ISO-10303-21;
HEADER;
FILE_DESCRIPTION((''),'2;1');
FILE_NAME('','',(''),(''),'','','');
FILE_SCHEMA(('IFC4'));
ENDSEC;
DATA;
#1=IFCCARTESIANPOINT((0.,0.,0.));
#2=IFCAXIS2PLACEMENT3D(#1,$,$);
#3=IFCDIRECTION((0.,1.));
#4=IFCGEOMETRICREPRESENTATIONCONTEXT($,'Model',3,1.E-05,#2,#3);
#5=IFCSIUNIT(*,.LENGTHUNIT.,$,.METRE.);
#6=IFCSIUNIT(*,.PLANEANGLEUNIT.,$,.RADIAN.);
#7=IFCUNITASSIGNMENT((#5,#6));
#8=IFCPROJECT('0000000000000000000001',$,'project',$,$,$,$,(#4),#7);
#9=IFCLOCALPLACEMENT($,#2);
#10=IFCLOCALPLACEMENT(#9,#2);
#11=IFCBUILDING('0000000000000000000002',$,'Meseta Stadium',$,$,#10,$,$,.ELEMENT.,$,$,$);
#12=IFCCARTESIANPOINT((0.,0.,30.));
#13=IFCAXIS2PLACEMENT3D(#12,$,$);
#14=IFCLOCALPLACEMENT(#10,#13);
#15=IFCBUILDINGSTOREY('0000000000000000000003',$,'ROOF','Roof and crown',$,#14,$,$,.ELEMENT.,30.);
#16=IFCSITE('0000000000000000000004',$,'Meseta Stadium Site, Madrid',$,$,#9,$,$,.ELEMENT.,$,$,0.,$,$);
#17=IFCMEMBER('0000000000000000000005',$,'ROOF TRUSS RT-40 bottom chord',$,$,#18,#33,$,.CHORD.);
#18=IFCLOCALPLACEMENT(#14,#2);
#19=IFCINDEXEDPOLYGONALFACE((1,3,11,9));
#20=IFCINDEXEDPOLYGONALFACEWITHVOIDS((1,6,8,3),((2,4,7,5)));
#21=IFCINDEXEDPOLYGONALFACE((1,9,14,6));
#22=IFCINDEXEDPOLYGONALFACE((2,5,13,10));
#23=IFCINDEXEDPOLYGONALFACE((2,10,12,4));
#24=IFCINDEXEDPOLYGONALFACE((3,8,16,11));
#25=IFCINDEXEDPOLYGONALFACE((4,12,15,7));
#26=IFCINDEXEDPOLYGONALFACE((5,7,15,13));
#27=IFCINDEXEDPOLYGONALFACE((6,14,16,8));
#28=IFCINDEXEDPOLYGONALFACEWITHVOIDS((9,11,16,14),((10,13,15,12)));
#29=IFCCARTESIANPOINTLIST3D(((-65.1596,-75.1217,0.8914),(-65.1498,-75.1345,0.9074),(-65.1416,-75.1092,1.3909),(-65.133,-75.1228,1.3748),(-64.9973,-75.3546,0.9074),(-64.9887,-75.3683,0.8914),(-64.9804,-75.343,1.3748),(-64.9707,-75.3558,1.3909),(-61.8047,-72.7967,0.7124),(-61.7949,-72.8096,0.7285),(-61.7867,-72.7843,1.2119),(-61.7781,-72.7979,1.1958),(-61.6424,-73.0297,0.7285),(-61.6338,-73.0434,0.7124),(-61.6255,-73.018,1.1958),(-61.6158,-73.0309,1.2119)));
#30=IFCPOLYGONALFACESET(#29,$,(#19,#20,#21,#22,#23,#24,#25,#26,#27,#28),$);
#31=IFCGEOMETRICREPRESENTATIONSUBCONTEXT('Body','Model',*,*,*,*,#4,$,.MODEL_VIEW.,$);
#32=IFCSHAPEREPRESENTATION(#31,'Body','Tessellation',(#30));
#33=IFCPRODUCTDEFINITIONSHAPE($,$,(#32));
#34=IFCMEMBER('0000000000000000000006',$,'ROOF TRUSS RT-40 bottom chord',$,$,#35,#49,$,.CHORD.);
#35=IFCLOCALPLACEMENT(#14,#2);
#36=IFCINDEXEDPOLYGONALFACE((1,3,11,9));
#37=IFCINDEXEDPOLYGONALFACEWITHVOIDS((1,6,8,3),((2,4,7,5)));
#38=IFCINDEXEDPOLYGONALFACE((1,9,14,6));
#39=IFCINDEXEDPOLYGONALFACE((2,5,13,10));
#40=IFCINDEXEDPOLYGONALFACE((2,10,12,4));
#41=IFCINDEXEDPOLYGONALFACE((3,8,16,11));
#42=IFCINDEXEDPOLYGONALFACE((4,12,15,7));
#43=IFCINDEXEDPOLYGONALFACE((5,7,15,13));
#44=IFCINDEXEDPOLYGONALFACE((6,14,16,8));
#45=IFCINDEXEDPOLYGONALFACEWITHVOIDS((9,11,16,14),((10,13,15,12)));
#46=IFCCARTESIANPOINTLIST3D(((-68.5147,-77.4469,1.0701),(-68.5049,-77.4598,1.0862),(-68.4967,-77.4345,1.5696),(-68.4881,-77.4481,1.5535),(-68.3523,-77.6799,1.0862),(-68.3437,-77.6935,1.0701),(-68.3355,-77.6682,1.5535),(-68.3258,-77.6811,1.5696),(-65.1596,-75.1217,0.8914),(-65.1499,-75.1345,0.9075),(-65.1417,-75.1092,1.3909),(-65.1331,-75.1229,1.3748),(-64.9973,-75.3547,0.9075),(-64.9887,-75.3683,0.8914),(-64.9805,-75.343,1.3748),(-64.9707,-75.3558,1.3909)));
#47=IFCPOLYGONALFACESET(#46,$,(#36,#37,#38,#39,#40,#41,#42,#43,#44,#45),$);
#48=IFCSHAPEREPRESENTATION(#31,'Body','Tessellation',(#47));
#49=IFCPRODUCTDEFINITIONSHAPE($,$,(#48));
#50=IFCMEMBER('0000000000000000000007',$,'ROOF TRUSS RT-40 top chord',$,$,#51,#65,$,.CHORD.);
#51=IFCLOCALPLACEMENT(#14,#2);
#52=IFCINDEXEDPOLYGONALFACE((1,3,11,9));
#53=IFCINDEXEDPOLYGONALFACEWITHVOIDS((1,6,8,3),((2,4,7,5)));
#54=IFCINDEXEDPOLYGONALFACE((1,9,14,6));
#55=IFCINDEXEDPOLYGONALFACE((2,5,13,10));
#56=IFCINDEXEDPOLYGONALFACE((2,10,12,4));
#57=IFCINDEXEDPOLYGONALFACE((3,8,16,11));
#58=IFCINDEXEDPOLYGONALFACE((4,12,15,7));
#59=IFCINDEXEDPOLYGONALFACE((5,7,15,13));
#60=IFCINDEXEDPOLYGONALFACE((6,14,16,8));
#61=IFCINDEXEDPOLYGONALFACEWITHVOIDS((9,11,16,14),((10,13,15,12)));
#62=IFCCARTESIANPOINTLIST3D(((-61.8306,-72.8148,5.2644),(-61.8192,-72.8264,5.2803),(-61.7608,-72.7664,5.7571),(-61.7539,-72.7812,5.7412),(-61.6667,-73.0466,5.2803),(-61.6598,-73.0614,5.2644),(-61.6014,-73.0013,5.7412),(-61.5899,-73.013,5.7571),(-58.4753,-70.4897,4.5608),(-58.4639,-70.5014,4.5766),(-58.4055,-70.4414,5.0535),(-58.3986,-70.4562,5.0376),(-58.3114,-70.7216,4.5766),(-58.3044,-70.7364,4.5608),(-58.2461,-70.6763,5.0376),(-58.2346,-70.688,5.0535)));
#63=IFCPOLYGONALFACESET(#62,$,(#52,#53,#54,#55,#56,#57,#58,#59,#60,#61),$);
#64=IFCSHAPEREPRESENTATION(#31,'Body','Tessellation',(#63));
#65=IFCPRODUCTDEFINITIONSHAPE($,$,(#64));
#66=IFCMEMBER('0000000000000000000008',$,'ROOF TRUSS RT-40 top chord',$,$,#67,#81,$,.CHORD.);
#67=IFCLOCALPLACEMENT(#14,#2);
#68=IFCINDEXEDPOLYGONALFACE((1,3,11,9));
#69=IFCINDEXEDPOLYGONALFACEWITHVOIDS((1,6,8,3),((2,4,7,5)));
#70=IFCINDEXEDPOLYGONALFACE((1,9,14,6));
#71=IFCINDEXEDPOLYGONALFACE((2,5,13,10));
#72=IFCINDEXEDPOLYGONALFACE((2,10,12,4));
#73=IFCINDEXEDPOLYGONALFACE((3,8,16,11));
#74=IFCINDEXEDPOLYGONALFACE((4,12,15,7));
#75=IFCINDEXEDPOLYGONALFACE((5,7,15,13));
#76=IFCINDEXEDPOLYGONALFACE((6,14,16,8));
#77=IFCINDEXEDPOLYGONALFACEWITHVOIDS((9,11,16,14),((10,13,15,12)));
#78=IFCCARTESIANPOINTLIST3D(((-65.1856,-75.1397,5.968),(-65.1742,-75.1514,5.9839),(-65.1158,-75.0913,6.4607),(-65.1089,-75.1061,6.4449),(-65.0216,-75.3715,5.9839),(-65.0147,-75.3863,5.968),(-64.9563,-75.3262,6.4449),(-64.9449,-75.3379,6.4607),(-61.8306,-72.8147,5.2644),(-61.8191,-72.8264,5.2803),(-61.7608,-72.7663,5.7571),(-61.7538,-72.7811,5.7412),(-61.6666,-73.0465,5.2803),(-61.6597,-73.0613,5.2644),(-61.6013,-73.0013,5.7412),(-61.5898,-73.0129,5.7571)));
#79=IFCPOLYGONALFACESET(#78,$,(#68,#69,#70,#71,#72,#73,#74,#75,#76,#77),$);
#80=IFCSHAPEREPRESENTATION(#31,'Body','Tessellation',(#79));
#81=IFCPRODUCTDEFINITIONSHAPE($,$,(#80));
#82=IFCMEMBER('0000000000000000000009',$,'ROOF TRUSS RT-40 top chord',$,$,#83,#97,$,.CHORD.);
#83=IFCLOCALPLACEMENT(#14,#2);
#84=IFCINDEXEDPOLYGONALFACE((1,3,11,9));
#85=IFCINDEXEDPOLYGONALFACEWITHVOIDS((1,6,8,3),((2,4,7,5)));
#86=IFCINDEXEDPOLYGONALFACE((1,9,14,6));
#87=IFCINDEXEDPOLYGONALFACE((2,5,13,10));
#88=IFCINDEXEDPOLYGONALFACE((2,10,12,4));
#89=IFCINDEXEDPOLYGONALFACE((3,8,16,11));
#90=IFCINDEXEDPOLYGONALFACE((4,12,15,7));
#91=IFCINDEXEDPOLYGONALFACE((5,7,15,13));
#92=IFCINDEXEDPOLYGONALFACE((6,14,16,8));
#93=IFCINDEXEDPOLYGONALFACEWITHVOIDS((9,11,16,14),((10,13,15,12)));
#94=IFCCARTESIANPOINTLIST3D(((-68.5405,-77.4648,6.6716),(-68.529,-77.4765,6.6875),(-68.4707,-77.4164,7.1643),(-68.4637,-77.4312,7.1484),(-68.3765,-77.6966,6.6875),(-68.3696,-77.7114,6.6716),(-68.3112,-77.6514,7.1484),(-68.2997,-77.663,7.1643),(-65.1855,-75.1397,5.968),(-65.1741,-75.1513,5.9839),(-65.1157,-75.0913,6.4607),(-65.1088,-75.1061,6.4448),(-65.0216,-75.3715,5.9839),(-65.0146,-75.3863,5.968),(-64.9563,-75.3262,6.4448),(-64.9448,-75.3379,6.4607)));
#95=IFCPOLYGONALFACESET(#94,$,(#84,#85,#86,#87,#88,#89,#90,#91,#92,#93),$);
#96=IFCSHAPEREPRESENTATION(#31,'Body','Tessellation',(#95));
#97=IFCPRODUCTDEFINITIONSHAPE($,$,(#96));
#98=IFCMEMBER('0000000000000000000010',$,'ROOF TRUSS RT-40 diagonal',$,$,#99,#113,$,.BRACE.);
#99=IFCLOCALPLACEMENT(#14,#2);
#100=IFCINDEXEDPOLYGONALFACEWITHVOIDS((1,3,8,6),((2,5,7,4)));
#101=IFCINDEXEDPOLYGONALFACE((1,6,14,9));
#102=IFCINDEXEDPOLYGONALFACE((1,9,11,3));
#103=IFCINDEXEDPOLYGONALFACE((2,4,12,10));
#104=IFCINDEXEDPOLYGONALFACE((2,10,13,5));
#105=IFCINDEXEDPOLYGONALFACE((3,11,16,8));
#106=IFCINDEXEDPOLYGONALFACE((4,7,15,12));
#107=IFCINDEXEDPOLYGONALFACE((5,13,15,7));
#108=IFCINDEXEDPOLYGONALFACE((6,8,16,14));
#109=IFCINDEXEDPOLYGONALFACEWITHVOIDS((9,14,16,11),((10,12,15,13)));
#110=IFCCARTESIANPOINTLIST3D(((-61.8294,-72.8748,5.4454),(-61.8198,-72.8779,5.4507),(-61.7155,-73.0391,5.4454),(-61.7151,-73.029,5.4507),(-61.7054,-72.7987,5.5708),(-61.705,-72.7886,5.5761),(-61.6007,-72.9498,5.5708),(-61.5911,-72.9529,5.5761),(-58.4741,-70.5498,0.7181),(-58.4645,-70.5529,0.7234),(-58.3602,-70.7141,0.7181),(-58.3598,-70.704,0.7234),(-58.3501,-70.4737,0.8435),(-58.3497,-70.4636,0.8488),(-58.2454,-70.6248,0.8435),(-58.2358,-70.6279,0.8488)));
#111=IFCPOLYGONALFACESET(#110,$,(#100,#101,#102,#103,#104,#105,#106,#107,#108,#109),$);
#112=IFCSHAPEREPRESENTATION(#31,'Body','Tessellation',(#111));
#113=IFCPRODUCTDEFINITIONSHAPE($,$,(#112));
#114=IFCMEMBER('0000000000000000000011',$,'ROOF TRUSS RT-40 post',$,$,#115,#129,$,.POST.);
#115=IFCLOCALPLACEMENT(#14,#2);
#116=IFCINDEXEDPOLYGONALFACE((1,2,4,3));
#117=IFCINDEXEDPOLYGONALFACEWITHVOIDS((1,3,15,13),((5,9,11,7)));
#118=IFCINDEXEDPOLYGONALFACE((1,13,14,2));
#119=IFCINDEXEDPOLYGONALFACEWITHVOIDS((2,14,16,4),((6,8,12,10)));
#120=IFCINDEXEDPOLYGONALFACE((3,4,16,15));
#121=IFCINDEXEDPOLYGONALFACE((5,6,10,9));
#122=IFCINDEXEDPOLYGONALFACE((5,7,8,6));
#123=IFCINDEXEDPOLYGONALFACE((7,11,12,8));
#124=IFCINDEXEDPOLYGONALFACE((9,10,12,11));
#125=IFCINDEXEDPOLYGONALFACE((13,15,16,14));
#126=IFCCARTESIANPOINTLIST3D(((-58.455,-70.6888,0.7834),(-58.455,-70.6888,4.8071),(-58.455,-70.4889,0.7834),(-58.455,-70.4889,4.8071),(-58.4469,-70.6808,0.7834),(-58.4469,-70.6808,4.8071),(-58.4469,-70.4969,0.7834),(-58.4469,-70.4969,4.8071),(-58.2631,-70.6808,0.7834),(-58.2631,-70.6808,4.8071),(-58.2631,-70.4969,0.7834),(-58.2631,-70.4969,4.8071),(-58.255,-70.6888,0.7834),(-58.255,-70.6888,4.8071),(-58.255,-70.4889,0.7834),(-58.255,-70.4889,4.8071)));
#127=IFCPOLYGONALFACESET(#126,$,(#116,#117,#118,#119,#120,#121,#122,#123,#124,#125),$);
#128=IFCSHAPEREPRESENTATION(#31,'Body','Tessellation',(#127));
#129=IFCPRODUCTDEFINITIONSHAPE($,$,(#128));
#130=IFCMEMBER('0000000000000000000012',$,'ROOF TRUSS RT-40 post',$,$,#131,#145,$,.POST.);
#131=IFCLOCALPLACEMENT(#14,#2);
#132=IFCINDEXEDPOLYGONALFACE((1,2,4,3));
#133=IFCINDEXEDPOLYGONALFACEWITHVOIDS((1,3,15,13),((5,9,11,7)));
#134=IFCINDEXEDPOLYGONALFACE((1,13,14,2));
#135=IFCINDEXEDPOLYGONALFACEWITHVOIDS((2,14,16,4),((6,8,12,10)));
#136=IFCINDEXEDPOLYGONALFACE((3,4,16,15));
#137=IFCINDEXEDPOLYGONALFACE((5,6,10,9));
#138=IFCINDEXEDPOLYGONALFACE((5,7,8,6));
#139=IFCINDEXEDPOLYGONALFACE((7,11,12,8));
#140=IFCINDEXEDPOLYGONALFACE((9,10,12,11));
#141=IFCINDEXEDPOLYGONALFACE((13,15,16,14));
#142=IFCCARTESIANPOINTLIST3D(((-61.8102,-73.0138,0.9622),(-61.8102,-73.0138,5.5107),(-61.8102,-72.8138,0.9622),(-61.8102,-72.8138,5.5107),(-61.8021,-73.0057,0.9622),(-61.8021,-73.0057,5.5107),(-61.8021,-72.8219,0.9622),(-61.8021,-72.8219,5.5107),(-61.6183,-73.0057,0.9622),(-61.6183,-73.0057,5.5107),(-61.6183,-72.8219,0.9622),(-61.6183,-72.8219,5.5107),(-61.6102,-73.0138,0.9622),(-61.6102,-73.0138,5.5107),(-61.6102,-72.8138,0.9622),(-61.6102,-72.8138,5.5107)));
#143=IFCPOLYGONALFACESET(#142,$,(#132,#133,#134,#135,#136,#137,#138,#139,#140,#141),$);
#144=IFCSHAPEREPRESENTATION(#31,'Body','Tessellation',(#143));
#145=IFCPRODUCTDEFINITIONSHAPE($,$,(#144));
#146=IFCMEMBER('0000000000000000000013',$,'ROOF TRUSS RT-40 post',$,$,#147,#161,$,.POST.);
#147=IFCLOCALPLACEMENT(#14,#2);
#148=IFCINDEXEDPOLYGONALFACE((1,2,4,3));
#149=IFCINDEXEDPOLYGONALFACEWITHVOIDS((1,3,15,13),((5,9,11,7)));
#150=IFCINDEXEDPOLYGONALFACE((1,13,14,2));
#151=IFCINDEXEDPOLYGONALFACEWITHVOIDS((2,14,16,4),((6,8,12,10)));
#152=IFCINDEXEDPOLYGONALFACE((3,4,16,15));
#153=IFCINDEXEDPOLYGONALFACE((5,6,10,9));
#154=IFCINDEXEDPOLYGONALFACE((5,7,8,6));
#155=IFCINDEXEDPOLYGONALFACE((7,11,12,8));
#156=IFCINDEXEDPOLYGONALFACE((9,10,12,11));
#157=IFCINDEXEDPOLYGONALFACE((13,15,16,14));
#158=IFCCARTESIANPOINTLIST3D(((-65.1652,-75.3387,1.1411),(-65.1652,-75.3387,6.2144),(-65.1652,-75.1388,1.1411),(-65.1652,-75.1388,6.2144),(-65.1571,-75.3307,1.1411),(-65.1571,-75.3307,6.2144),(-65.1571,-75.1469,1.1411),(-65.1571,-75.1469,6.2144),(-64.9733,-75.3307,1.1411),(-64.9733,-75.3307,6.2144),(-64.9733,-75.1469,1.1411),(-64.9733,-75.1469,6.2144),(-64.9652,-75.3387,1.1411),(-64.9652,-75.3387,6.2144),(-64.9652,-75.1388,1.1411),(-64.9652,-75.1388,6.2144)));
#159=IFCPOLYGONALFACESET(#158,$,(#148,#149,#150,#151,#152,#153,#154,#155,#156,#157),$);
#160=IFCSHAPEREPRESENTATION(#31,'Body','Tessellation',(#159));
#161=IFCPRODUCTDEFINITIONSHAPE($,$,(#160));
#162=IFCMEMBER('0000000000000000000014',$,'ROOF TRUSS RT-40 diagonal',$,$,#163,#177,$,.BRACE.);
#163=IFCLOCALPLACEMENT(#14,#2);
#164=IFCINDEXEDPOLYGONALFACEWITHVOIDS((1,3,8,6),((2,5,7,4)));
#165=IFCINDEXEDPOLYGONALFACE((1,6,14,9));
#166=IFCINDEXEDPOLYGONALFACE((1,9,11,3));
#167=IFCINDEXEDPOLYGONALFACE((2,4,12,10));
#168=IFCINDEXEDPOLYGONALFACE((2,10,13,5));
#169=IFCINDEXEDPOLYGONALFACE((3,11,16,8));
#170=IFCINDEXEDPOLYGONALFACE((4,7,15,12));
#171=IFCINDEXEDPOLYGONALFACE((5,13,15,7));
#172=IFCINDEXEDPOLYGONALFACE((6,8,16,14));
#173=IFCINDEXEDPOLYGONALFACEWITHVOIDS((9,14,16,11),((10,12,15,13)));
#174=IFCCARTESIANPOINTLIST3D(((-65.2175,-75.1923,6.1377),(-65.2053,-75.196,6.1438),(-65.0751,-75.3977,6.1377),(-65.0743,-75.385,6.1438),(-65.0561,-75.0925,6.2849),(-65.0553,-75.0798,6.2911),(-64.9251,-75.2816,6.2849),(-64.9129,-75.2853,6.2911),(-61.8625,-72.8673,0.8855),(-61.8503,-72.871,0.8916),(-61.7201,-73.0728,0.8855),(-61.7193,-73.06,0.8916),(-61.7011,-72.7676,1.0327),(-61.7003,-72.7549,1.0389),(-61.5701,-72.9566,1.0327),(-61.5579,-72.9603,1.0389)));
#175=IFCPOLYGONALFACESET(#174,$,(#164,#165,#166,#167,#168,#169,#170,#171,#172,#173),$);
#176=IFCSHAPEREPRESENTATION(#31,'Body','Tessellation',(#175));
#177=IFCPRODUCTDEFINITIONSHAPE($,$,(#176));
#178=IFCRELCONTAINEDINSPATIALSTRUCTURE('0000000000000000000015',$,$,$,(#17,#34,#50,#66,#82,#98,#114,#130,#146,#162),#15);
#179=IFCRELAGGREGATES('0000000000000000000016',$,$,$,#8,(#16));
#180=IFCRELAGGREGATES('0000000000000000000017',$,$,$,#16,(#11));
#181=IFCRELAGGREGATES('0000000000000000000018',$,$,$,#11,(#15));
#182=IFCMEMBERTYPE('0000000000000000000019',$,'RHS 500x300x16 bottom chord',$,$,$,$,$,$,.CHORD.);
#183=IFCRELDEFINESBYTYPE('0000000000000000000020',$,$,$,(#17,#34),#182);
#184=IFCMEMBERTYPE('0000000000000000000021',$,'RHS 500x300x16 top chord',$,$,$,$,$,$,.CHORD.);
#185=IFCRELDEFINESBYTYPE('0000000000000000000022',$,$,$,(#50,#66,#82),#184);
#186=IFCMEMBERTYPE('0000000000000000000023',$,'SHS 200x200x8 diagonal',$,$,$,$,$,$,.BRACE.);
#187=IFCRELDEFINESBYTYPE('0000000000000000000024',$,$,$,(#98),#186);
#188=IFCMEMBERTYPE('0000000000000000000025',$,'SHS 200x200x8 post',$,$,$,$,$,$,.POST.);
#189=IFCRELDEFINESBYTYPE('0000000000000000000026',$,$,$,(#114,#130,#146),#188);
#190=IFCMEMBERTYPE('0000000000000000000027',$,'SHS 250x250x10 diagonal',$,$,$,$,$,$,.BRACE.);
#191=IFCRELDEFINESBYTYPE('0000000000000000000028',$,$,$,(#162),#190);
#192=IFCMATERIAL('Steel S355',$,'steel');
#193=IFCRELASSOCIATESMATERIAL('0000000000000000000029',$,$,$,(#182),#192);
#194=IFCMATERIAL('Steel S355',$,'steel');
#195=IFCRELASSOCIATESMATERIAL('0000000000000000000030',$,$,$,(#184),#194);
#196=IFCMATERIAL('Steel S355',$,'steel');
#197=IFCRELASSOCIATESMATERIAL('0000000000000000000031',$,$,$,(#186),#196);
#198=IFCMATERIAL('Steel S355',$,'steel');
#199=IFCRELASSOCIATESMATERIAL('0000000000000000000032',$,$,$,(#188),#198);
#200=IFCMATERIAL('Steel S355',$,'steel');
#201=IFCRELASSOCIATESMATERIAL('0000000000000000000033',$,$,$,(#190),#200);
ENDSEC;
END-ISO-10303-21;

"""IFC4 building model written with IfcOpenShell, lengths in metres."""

from ifc_helpers import new_model, si_unit, direction, frame, origin, origin_2d, place, context, subcontext, project, spatial, hollow_rectangle, extrude, material, material_profile, profile_set, type_object, element, save


model = new_model("IFC4")

# Units and contexts
model_context = context("Model", 3, precision=1e-05, world=origin(), true_north=direction((0.0, 1.0)))
body_context = subcontext(model_context, "Body", "Model", "MODEL_VIEW")
ifc_project = project(units=[si_unit("LENGTHUNIT", "METRE"), si_unit("PLANEANGLEUNIT", "RADIAN")], contexts=[model_context])

# Site, building, storey
site_placement = place(None, origin())
site = spatial("IfcSite", under=ifc_project, at=site_placement, Name="Meseta Stadium Site, Madrid", CompositionType="ELEMENT", RefElevation=0.0)
building_placement = place(site_placement, origin())
building = spatial("IfcBuilding", under=site, at=building_placement, Name="Meseta Stadium", CompositionType="ELEMENT")
storey_placement = place(building_placement, frame((0.0, 0.0, 30.0)))
storey = spatial("IfcBuildingStorey", under=building, at=storey_placement, Name="ROOF", Description="Roof and crown", CompositionType="ELEMENT", Elevation=30.0)

# Members
ifc_material_1 = material(Name="Steel S355", Category="steel")
ifc_material_profile_1 = material_profile(ifc_material_1, hollow_rectangle(XDim=0.3, YDim=0.5, WallThickness=0.0161, at=origin_2d()), Name="RHS 500x300x16")
ifc_profile_set_1 = profile_set([ifc_material_profile_1], Name="Steel S355")
member_type_1 = type_object("IfcMemberType", Name="RHS 500x300x16 bottom chord", PredefinedType="CHORD", material=ifc_profile_set_1)
member_1_placement = place(storey_placement, frame((-61.7102, -72.9138, 0.9622), z_axis=(-0.821143, -0.56904, 0.0438), x_axis=(0.569586, -0.821932, 0.0)))
element("IfcMember", 1, at=member_1_placement, inside=storey, type_object=member_type_1, Name="ROOF TRUSS RT-40 bottom chord", PredefinedType="CHORD", context=body_context, shape_type="SweptSolid", body=[
    extrude(hollow_rectangle(XDim=0.3, YDim=0.5, WallThickness=0.0161, at=origin_2d()), origin(), (0.0, 0.0, 1.0), 4.0857),
])
member_2_placement = place(storey_placement, frame((-65.0652, -75.2388, 1.1411), z_axis=(-0.821117, -0.569082, 0.043739), x_axis=(0.569627, -0.821904, 0.0)))
element("IfcMember", 2, at=member_2_placement, inside=storey, type_object=member_type_1, Name="ROOF TRUSS RT-40 bottom chord", PredefinedType="CHORD", context=body_context, shape_type="SweptSolid", body=[
    extrude(hollow_rectangle(XDim=0.3, YDim=0.5, WallThickness=0.0161, at=origin_2d()), origin(), (0.0, 0.0, 1.0), 4.0859),
])
ifc_material_2 = material(Name="Steel S355", Category="steel")
ifc_material_profile_2 = material_profile(ifc_material_2, hollow_rectangle(XDim=0.3, YDim=0.5, WallThickness=0.0161, at=origin_2d()), Name="RHS 500x300x16")
ifc_profile_set_2 = profile_set([ifc_material_profile_2], Name="Steel S355")
member_type_2 = type_object("IfcMemberType", Name="RHS 500x300x16 top chord", PredefinedType="CHORD", material=ifc_profile_set_2)
member_3_placement = place(storey_placement, frame((-58.355, -70.5889, 4.8071), z_axis=(-0.810006, -0.561281, 0.169864), x_axis=(0.569558, -0.821951, 0.0)))
element("IfcMember", 3, at=member_3_placement, inside=storey, type_object=member_type_2, Name="ROOF TRUSS RT-40 top chord", PredefinedType="CHORD", context=body_context, shape_type="SweptSolid", body=[
    extrude(hollow_rectangle(XDim=0.3, YDim=0.5, WallThickness=0.0161, at=origin_2d()), origin(), (0.0, 0.0, 1.0), 4.1423),
])
for number, where, z_axis, x_axis, name in (
    (4, (-61.7102, -72.9138, 5.5107), (-0.809986, -0.561308, 0.169872), (0.569586, -0.821932, 0.0), "ROOF TRUSS RT-40 top chord"),
    (5, (-65.0652, -75.2388, 6.2144), (-0.809959, -0.561348, 0.169866), (0.569627, -0.821904, 0.0), "ROOF TRUSS RT-40 top chord"),
):
    element("IfcMember", number, at=place(storey_placement, frame(where, z_axis=z_axis, x_axis=x_axis)), inside=storey, type_object=member_type_2, Name=name, PredefinedType="CHORD", context=body_context, shape_type="SweptSolid", body=[
        extrude(hollow_rectangle(XDim=0.3, YDim=0.5, WallThickness=0.0161, at=origin_2d()), origin(), (0.0, 0.0, 1.0), 4.1421),
    ])
ifc_material_3 = material(Name="Steel S355", Category="steel")
ifc_material_profile_3 = material_profile(ifc_material_3, hollow_rectangle(XDim=0.2, YDim=0.2, WallThickness=0.0081, at=origin_2d()), Name="SHS 200x200x8")
ifc_profile_set_3 = profile_set([ifc_material_profile_3], Name="Steel S355")
member_type_3 = type_object("IfcMemberType", Name="SHS 200x200x8 diagonal", PredefinedType="BRACE", material=ifc_profile_set_3)
member_4_placement = place(storey_placement, frame((-58.355, -70.5889, 0.7834), z_axis=(-0.537195, -0.372241, 0.756874), x_axis=(0.569558, -0.821951, 0.0)))
element("IfcMember", 6, at=member_4_placement, inside=storey, type_object=member_type_3, Name="ROOF TRUSS RT-40 diagonal", PredefinedType="BRACE", context=body_context, shape_type="SweptSolid", body=[
    extrude(hollow_rectangle(XDim=0.2, YDim=0.2, WallThickness=0.0081, at=origin_2d()), origin(), (0.0, 0.0, 1.0), 6.2458),
])
ifc_material_4 = material(Name="Steel S355", Category="steel")
ifc_material_profile_4 = material_profile(ifc_material_4, hollow_rectangle(XDim=0.2, YDim=0.2, WallThickness=0.0081, at=origin_2d()), Name="SHS 200x200x8")
ifc_profile_set_4 = profile_set([ifc_material_profile_4], Name="Steel S355")
member_type_4 = type_object("IfcMemberType", Name="SHS 200x200x8 post", PredefinedType="POST", material=ifc_profile_set_4)
member_5_placement = place(storey_placement, frame((-58.355, -70.5889, 0.7834), z_axis=(0.0, 0.0, 1.0), x_axis=(1.0, 0.0, 0.0)))
element("IfcMember", 7, at=member_5_placement, inside=storey, type_object=member_type_4, Name="ROOF TRUSS RT-40 post", PredefinedType="POST", context=body_context, shape_type="SweptSolid", body=[
    extrude(hollow_rectangle(XDim=0.2, YDim=0.2, WallThickness=0.0081, at=origin_2d()), origin(), (0.0, 0.0, 1.0), 4.0237),
])
member_6_placement = place(storey_placement, frame((-61.7102, -72.9138, 0.9622), z_axis=(0.0, 0.0, 1.0), x_axis=(1.0, 0.0, 0.0)))
element("IfcMember", 8, at=member_6_placement, inside=storey, type_object=member_type_4, Name="ROOF TRUSS RT-40 post", PredefinedType="POST", context=body_context, shape_type="SweptSolid", body=[
    extrude(hollow_rectangle(XDim=0.2, YDim=0.2, WallThickness=0.0081, at=origin_2d()), origin(), (0.0, 0.0, 1.0), 4.5486),
])
member_7_placement = place(storey_placement, frame((-65.0652, -75.2388, 1.1411), z_axis=(0.0, 0.0, 1.0), x_axis=(1.0, 0.0, 0.0)))
element("IfcMember", 9, at=member_7_placement, inside=storey, type_object=member_type_4, Name="ROOF TRUSS RT-40 post", PredefinedType="POST", context=body_context, shape_type="SweptSolid", body=[
    extrude(hollow_rectangle(XDim=0.2, YDim=0.2, WallThickness=0.0081, at=origin_2d()), origin(), (0.0, 0.0, 1.0), 5.0732),
])
ifc_material_5 = material(Name="Steel S355", Category="steel")
ifc_material_profile_5 = material_profile(ifc_material_5, hollow_rectangle(XDim=0.25, YDim=0.25, WallThickness=0.01, at=origin_2d()), Name="SHS 250x250x10")
ifc_profile_set_5 = profile_set([ifc_material_profile_5], Name="Steel S355")
member_type_5 = type_object("IfcMemberType", Name="SHS 250x250x10 diagonal", PredefinedType="BRACE", material=ifc_profile_set_5)
member_8_placement = place(storey_placement, frame((-61.7102, -72.9138, 0.9622), z_axis=(-0.504369, -0.34952, 0.789587), x_axis=(0.569586, -0.821932, 0.0)))
element("IfcMember", 10, at=member_8_placement, inside=storey, type_object=member_type_5, Name="ROOF TRUSS RT-40 diagonal", PredefinedType="BRACE", context=body_context, shape_type="SweptSolid", body=[
    extrude(hollow_rectangle(XDim=0.25, YDim=0.25, WallThickness=0.01, at=origin_2d()), origin(), (0.0, 0.0, 1.0), 6.6519),
])

save(model, "model.ifc")
